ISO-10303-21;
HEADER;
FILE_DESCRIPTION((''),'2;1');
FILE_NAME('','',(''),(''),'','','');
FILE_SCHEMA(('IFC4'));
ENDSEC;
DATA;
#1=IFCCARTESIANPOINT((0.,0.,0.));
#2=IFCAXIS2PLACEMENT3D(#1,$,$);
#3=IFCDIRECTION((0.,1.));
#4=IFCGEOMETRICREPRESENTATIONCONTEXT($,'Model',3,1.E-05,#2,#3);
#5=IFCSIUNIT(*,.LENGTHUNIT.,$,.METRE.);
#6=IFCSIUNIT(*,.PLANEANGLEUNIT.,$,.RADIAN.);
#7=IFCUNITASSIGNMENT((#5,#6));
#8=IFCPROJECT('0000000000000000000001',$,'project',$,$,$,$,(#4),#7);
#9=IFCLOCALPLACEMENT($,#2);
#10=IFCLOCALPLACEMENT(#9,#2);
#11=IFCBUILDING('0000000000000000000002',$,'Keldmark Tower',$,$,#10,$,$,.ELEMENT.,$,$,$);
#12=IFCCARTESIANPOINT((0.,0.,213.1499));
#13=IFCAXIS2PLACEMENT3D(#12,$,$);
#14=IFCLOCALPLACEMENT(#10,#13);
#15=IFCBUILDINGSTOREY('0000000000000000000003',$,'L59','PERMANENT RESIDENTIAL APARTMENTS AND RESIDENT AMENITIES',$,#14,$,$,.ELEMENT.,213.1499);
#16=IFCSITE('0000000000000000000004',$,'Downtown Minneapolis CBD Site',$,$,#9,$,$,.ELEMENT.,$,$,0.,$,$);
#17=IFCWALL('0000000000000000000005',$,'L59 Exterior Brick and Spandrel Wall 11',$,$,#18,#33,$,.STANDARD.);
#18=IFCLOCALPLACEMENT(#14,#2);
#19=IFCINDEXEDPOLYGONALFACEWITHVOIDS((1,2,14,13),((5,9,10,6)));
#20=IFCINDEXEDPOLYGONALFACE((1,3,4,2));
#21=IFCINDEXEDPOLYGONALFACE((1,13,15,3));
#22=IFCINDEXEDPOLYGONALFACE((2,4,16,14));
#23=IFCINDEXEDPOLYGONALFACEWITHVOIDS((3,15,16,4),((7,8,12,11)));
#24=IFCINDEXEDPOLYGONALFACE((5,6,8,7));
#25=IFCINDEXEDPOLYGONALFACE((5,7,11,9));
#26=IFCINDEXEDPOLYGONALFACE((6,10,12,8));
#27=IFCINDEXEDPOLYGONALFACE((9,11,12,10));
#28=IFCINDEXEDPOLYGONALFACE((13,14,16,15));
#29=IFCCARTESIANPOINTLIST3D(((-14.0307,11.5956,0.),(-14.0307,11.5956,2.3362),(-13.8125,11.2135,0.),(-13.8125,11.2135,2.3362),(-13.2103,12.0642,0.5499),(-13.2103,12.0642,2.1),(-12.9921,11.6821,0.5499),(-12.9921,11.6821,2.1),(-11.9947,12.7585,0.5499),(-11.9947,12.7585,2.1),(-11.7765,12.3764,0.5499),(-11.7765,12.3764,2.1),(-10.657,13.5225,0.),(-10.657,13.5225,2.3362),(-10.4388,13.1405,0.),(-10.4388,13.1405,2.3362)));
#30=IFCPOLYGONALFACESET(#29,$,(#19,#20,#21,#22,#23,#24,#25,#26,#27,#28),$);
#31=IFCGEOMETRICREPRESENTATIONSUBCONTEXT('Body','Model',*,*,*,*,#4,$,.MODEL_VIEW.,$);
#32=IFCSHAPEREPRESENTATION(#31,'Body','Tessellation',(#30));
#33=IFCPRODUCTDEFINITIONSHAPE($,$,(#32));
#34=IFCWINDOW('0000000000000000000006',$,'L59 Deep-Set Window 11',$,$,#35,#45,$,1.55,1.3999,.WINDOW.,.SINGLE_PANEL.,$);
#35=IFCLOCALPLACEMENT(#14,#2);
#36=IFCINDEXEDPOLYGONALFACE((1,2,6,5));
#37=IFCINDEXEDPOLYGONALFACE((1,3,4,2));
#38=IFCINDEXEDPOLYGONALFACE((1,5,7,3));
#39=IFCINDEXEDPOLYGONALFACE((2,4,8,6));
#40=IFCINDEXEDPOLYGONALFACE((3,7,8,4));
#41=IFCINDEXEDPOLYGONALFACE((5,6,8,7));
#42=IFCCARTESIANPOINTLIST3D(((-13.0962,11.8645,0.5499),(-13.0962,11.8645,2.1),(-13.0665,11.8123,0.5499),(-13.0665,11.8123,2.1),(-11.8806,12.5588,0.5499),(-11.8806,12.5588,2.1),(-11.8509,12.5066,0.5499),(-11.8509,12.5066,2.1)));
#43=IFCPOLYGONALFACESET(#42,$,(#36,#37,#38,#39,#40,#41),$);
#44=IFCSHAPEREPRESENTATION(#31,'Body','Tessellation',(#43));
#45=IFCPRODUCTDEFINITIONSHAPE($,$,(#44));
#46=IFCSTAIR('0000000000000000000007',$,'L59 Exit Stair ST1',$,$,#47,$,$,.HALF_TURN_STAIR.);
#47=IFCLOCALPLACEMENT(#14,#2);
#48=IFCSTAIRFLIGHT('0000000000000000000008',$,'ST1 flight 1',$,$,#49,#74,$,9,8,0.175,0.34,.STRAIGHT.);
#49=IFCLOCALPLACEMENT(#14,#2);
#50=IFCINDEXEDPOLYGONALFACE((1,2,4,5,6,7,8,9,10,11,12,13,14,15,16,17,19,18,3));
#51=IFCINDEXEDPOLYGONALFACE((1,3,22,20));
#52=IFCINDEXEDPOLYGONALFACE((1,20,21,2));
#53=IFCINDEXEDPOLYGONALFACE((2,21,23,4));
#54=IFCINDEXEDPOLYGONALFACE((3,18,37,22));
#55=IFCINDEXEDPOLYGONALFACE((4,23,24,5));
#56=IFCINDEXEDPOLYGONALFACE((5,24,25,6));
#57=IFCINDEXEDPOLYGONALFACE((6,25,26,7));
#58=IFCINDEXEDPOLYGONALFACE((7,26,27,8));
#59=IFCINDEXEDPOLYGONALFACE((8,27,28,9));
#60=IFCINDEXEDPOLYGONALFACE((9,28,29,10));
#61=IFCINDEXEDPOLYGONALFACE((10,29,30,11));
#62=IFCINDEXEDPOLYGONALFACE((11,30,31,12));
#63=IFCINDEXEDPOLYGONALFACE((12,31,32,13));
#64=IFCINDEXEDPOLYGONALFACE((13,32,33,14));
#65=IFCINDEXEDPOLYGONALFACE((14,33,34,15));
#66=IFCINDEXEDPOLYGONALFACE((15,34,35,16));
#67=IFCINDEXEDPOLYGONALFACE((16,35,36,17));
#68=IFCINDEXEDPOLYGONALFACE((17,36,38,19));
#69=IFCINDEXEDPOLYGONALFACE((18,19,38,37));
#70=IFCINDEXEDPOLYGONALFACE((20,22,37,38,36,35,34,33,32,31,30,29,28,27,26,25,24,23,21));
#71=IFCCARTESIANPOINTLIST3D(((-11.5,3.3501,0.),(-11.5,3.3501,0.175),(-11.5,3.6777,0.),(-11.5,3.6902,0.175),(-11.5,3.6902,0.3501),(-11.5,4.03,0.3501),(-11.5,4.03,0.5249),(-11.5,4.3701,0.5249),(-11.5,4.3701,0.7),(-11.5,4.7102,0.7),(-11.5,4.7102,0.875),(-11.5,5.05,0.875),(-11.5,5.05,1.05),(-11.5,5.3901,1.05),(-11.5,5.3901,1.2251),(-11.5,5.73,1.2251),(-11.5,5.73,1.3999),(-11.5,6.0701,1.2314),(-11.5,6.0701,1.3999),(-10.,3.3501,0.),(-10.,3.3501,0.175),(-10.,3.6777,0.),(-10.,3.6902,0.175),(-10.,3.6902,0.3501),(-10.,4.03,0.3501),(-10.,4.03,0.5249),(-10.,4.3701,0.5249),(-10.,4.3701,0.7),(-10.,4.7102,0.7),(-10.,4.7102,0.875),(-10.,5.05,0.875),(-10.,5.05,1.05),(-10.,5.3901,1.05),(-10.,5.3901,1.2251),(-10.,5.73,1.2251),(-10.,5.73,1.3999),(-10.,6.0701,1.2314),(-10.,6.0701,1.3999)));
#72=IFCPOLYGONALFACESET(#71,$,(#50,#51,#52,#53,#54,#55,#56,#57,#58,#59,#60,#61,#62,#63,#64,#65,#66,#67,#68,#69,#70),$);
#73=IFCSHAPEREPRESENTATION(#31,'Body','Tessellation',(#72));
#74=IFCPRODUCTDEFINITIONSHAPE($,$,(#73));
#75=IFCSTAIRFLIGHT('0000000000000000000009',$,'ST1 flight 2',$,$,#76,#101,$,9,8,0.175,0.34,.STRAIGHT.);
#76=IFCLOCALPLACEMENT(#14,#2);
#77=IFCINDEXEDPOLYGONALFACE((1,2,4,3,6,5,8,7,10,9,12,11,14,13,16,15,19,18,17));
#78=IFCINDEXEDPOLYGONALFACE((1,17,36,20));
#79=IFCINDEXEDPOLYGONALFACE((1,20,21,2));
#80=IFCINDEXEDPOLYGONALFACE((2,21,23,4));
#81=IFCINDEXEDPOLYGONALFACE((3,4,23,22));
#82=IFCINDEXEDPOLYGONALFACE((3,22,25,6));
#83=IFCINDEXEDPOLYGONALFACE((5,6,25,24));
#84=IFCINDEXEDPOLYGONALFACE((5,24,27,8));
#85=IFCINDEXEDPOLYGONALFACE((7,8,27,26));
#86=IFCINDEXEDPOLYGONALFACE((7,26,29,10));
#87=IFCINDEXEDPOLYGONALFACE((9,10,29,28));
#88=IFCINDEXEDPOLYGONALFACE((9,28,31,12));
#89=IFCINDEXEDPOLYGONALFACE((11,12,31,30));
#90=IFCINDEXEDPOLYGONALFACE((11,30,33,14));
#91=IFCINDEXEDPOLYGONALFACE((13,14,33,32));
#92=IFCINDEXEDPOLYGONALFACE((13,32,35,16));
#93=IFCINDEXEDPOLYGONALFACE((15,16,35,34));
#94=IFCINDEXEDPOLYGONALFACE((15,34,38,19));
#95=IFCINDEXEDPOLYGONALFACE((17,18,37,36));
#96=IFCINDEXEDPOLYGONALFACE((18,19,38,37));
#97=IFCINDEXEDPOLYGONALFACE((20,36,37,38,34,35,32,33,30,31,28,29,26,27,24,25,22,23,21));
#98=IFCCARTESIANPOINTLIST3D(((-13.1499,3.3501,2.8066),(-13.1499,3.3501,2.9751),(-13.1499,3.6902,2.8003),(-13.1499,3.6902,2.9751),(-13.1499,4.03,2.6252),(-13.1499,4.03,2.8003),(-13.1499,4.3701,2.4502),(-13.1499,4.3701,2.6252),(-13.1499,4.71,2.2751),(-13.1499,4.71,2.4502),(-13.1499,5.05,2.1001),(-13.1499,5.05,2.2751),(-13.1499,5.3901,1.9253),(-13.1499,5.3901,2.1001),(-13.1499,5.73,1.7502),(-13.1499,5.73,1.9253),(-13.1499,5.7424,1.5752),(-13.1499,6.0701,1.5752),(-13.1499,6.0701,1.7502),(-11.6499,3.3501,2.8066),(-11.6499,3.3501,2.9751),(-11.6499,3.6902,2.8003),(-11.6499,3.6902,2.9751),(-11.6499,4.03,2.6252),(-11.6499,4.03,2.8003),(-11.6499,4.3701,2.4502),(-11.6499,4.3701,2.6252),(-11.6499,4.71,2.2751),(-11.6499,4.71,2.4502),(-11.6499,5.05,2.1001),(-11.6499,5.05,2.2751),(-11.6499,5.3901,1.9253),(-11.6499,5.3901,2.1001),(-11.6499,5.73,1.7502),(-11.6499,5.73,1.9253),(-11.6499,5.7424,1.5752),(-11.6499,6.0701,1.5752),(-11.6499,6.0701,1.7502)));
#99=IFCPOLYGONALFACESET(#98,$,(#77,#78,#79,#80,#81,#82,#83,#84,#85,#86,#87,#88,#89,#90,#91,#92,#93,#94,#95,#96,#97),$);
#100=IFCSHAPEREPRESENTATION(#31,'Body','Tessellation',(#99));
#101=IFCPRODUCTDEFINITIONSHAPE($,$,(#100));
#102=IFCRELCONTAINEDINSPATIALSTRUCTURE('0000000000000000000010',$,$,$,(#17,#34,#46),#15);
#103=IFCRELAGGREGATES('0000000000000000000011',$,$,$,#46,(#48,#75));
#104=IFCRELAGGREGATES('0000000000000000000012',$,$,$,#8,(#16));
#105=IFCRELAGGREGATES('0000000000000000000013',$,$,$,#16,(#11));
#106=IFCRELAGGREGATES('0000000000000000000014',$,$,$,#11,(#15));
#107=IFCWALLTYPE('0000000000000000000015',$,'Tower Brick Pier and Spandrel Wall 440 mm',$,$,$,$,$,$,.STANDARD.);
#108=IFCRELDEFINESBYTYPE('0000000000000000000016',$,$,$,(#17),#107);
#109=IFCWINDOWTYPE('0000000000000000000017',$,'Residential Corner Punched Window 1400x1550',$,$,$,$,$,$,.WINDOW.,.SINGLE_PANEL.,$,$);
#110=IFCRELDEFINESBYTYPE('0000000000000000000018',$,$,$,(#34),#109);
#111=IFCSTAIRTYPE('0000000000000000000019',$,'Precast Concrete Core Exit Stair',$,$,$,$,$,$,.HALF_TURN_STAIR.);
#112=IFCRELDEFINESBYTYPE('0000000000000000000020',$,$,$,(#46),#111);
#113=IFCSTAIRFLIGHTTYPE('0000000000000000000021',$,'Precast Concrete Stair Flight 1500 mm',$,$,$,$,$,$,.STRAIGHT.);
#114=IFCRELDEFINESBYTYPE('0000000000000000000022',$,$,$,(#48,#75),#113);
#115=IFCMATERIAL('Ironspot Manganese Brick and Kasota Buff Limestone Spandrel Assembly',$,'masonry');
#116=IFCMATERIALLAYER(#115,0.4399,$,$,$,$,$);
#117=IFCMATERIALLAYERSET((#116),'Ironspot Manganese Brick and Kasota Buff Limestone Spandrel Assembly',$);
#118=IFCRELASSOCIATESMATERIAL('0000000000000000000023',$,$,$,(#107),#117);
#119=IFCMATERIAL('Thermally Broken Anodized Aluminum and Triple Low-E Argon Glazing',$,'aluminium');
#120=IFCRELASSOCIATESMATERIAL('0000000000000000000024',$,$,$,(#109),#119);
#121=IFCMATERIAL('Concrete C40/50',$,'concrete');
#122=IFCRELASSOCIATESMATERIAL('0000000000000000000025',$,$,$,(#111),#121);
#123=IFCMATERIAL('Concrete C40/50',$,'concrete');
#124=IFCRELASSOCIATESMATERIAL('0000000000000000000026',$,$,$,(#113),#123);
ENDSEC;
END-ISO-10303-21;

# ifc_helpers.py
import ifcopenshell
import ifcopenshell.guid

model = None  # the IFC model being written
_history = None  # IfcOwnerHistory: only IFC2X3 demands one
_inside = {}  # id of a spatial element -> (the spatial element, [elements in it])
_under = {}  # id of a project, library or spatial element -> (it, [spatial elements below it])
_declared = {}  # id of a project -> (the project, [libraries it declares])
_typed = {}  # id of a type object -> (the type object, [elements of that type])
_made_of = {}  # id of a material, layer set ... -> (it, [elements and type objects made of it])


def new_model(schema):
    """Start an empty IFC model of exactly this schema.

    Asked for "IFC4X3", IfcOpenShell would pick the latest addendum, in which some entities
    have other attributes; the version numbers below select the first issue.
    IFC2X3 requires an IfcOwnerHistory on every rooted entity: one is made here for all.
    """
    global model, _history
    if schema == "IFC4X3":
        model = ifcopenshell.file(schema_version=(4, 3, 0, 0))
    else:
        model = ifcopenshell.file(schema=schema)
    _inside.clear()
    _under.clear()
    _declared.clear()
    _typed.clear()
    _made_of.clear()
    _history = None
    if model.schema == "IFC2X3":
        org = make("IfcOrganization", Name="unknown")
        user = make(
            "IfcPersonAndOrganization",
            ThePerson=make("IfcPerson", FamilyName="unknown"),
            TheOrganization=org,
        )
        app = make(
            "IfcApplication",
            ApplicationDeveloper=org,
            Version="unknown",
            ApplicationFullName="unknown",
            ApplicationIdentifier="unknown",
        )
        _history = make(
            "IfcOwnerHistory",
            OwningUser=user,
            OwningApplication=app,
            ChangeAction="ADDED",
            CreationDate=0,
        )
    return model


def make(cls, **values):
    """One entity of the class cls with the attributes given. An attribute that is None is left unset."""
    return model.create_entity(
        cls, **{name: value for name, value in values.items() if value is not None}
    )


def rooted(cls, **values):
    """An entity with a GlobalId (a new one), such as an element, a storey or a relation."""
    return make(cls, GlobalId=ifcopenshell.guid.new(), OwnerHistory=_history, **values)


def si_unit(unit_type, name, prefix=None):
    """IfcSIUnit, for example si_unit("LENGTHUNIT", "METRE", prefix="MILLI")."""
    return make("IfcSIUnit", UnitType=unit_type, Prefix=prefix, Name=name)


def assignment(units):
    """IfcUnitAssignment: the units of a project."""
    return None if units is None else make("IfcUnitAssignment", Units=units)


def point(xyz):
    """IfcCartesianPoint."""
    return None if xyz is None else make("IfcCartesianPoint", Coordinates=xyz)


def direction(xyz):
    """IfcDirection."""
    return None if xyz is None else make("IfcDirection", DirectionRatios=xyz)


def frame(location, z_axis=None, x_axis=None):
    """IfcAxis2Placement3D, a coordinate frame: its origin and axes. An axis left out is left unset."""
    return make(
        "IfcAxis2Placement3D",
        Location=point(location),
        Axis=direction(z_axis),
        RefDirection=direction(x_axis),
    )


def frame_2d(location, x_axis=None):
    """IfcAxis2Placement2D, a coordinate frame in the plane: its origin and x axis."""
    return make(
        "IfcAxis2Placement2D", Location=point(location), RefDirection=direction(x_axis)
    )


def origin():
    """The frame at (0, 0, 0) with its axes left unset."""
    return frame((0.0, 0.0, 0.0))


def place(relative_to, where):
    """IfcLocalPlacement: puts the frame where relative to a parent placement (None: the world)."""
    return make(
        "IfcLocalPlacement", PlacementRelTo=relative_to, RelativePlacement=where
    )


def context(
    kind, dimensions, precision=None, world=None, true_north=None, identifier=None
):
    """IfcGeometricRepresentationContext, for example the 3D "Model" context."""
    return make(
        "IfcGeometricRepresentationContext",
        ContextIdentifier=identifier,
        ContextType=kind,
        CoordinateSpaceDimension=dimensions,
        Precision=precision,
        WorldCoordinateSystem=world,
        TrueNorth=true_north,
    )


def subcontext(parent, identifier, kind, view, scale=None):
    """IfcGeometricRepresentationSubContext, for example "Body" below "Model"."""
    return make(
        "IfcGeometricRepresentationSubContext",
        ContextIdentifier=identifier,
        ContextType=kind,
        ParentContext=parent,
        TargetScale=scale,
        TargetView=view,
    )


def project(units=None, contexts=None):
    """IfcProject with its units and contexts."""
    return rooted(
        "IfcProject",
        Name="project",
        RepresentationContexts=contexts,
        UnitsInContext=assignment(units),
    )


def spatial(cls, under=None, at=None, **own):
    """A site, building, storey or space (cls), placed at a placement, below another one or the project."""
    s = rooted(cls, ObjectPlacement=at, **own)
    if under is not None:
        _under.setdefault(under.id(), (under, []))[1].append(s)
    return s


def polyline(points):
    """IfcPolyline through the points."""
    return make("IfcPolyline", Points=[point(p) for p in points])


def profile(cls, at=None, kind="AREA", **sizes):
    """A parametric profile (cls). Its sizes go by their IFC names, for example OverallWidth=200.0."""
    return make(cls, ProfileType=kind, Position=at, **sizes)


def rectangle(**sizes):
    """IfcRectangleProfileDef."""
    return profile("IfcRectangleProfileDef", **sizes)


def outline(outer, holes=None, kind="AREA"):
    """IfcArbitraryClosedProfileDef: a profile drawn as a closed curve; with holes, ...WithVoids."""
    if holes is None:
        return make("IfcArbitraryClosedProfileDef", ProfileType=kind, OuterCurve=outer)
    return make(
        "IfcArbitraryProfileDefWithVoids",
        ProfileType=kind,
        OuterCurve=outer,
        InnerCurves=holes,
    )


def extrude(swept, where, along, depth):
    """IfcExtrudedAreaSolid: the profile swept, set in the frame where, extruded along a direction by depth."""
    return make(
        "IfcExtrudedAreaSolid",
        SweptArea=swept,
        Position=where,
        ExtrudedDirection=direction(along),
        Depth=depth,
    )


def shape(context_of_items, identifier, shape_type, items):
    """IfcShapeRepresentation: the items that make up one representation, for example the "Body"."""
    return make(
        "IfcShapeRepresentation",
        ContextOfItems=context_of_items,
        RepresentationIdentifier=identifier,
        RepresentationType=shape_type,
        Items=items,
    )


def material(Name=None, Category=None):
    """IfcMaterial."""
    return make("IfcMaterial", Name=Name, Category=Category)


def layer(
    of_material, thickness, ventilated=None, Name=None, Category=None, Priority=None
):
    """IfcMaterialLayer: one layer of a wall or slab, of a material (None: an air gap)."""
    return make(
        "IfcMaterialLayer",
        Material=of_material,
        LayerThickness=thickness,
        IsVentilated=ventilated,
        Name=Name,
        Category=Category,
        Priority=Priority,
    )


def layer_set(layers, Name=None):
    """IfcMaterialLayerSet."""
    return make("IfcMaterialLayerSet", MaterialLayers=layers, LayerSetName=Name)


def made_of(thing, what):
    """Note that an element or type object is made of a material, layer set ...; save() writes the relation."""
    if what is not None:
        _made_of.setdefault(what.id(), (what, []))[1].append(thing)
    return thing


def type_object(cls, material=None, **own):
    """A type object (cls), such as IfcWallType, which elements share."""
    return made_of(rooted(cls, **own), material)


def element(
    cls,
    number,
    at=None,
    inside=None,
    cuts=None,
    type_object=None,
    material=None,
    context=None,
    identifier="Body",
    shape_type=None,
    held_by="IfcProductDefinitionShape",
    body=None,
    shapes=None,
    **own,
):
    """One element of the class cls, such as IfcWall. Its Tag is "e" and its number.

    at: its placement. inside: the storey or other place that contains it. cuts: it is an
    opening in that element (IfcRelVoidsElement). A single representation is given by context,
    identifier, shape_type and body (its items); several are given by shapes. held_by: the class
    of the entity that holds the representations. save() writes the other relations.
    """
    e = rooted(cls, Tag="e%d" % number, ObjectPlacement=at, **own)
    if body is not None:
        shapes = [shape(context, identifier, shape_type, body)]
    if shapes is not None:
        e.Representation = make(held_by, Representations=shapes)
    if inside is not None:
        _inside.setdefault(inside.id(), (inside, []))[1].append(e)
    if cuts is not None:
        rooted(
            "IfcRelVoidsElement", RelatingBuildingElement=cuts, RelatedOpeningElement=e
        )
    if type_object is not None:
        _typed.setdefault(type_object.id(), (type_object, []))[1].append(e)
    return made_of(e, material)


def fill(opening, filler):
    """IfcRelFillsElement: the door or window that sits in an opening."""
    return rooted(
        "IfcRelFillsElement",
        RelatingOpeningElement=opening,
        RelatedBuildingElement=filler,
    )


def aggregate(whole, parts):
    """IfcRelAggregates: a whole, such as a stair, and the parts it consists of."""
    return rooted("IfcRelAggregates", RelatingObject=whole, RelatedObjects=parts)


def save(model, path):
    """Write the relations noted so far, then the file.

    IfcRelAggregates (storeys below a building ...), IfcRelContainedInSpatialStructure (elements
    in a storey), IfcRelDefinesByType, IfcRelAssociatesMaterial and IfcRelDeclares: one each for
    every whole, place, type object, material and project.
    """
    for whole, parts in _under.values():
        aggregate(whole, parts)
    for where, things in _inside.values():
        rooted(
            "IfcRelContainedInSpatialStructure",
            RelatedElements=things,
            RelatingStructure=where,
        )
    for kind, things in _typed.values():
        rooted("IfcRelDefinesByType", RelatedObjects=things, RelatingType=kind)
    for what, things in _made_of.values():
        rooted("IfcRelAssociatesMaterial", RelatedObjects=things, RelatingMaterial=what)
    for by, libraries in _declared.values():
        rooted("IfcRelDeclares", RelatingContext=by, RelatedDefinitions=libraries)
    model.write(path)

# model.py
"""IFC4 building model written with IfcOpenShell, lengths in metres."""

from ifc_helpers import new_model, si_unit, direction, frame, frame_2d, origin, place, context, subcontext, project, spatial, polyline, rectangle, outline, extrude, material, layer, layer_set, type_object, element, fill, aggregate, save


model = new_model("IFC4")

# Units and contexts
model_context = context("Model", 3, precision=1e-05, world=origin(), true_north=direction((0.0, 1.0)))
body_context = subcontext(model_context, "Body", "Model", "MODEL_VIEW")
ifc_project = project(units=[si_unit("LENGTHUNIT", "METRE"), si_unit("PLANEANGLEUNIT", "RADIAN")], contexts=[model_context])

# Site, building, storey
site_placement = place(None, origin())
site = spatial("IfcSite", under=ifc_project, at=site_placement, Name="Downtown Minneapolis CBD Site", CompositionType="ELEMENT", RefElevation=0.0)
building_placement = place(site_placement, origin())
building = spatial("IfcBuilding", under=site, at=building_placement, Name="Keldmark Tower", CompositionType="ELEMENT")
storey_placement = place(building_placement, frame((0.0, 0.0, 213.1499)))
storey = spatial("IfcBuildingStorey", under=building, at=storey_placement, Name="L59", Description="PERMANENT RESIDENTIAL APARTMENTS AND RESIDENT AMENITIES", CompositionType="ELEMENT", Elevation=213.1499)

# Wall, opening, window
ifc_material_1 = material(Name="Ironspot Manganese Brick and Kasota Buff Limestone Spandrel Assembly", Category="masonry")
ifc_layer_1 = layer(ifc_material_1, 0.4399)
ifc_layer_set_1 = layer_set([ifc_layer_1], Name="Ironspot Manganese Brick and Kasota Buff Limestone Spandrel Assembly")
wall_type_1 = type_object("IfcWallType", Name="Tower Brick Pier and Spandrel Wall 440 mm", PredefinedType="STANDARD", material=ifc_layer_set_1)
wall_1_placement = place(storey_placement, frame((-13.9216, 11.4045, 0.0), z_axis=(0.0, 0.0, 1.0), x_axis=(0.86834, 0.49597, 0.0)))
wall_1 = element("IfcWall", 1, at=wall_1_placement, inside=storey, type_object=wall_type_1, Name="L59 Exterior Brick and Spandrel Wall 11", PredefinedType="STANDARD", context=body_context, shape_type="SweptSolid", body=[
    extrude(rectangle(XDim=3.8853, YDim=0.4399, at=frame_2d((1.9426, 0.0))), origin(), (0.0, 0.0, 1.0), 2.3362),
])
opening_placement = place(wall_1_placement, frame((0.9448, 0.0, 0.55)))
opening = element("IfcOpeningElement", 2, at=opening_placement, cuts=wall_1, PredefinedType="OPENING", context=body_context, shape_type="SweptSolid", body=[
    extrude(rectangle(XDim=1.3999, YDim=1.55, at=frame_2d((0.7, 0.7749))), frame((0.0, 0.23, 0.0), z_axis=(0.0, -1.0, 0.0), x_axis=(1.0, 0.0, 0.0)), (0.0, 0.0, 1.0), 0.46),
])
ifc_material_2 = material(Name="Thermally Broken Anodized Aluminum and Triple Low-E Argon Glazing", Category="aluminium")
window_type = type_object("IfcWindowType", Name="Residential Corner Punched Window 1400x1550", PartitioningType="SINGLE_PANEL", PredefinedType="WINDOW", material=ifc_material_2)
window_placement = place(opening_placement, origin())
window = element("IfcWindow", 3, at=window_placement, inside=storey, type_object=window_type, Name="L59 Deep-Set Window 11", OverallHeight=1.55, OverallWidth=1.3999, PartitioningType="SINGLE_PANEL", PredefinedType="WINDOW", context=body_context, shape_type="SweptSolid", body=[
    extrude(rectangle(XDim=1.3999, YDim=1.55, at=frame_2d((0.7, 0.7749))), frame((0.0, -0.01, 0.0), z_axis=(0.0, -1.0, 0.0), x_axis=(1.0, 0.0, 0.0)), (0.0, 0.0, 1.0), 0.0601),
])
fill(opening, window)

# Stair, stair flights
ifc_material_3 = material(Name="Concrete C40/50", Category="concrete")
stair_type = type_object("IfcStairType", Name="Precast Concrete Core Exit Stair", PredefinedType="HALF_TURN_STAIR", material=ifc_material_3)
stair_placement = place(storey_placement, origin())
stair = element("IfcStair", 4, at=stair_placement, inside=storey, type_object=stair_type, Name="L59 Exit Stair ST1", PredefinedType="HALF_TURN_STAIR")
ifc_material_4 = material(Name="Concrete C40/50", Category="concrete")
stair_flight_type = type_object("IfcStairFlightType", Name="Precast Concrete Stair Flight 1500 mm", PredefinedType="STRAIGHT", material=ifc_material_4)
stair_flight_1_placement = place(storey_placement, frame((-10.75, 3.3501, 0.0), z_axis=(0.0, 0.0, 1.0), x_axis=(0.0, 1.0, 0.0)))
stair_flight_1 = element("IfcStairFlight", 5, at=stair_flight_1_placement, type_object=stair_flight_type, Name="ST1 flight 1", NumberOfRisers=9, NumberOfTreads=8, PredefinedType="STRAIGHT", RiserHeight=0.175, TreadLength=0.34, context=body_context, shape_type="SweptSolid", body=[
    extrude(outline(polyline([(0.0, 0.0), (0.0, 0.175), (0.3401, 0.175), (0.3401, 0.3501), (0.6799, 0.3501), (0.6799, 0.5249), (1.02, 0.5249), (1.02, 0.7), (1.3601, 0.7), (1.3601, 0.875), (1.7, 0.875), (1.7, 1.05), (2.04, 1.05), (2.04, 1.2251), (2.3799, 1.2251), (2.3799, 1.3999), (2.72, 1.3999), (2.72, 1.575), (2.72, 1.2314), (0.3276, 0.0), (0.0, 0.0)])), frame((0.0, 0.75, 0.0), z_axis=(0.0, -1.0, 0.0), x_axis=(1.0, 0.0, 0.0)), (0.0, 0.0, 1.0), 1.5),
])
stair_flight_2_placement = place(storey_placement, frame((-12.3999, 6.0701, 1.5752), z_axis=(0.0, 0.0, 1.0), x_axis=(0.0, -1.0, 0.0)))
stair_flight_2 = element("IfcStairFlight", 6, at=stair_flight_2_placement, type_object=stair_flight_type, Name="ST1 flight 2", NumberOfRisers=9, NumberOfTreads=8, PredefinedType="STRAIGHT", RiserHeight=0.175, TreadLength=0.34, context=body_context, shape_type="SweptSolid", body=[
    extrude(outline(polyline([(0.0, 0.0), (0.0, 0.175), (0.3401, 0.175), (0.3401, 0.3501), (0.6799, 0.3501), (0.6799, 0.5249), (1.02, 0.5249), (1.02, 0.7), (1.3601, 0.7), (1.3601, 0.875), (1.7, 0.875), (1.7, 1.05), (2.04, 1.05), (2.04, 1.2251), (2.3799, 1.2251), (2.3799, 1.3999), (2.72, 1.3999), (2.72, 1.575), (2.72, 1.2314), (0.3276, 0.0), (0.0, 0.0)])), frame((0.0, 0.75, 0.0), z_axis=(0.0, -1.0, 0.0), x_axis=(1.0, 0.0, 0.0)), (0.0, 0.0, 1.0), 1.5),
])
aggregate(stair, [stair_flight_1, stair_flight_2])

save(model, "model.ifc")
